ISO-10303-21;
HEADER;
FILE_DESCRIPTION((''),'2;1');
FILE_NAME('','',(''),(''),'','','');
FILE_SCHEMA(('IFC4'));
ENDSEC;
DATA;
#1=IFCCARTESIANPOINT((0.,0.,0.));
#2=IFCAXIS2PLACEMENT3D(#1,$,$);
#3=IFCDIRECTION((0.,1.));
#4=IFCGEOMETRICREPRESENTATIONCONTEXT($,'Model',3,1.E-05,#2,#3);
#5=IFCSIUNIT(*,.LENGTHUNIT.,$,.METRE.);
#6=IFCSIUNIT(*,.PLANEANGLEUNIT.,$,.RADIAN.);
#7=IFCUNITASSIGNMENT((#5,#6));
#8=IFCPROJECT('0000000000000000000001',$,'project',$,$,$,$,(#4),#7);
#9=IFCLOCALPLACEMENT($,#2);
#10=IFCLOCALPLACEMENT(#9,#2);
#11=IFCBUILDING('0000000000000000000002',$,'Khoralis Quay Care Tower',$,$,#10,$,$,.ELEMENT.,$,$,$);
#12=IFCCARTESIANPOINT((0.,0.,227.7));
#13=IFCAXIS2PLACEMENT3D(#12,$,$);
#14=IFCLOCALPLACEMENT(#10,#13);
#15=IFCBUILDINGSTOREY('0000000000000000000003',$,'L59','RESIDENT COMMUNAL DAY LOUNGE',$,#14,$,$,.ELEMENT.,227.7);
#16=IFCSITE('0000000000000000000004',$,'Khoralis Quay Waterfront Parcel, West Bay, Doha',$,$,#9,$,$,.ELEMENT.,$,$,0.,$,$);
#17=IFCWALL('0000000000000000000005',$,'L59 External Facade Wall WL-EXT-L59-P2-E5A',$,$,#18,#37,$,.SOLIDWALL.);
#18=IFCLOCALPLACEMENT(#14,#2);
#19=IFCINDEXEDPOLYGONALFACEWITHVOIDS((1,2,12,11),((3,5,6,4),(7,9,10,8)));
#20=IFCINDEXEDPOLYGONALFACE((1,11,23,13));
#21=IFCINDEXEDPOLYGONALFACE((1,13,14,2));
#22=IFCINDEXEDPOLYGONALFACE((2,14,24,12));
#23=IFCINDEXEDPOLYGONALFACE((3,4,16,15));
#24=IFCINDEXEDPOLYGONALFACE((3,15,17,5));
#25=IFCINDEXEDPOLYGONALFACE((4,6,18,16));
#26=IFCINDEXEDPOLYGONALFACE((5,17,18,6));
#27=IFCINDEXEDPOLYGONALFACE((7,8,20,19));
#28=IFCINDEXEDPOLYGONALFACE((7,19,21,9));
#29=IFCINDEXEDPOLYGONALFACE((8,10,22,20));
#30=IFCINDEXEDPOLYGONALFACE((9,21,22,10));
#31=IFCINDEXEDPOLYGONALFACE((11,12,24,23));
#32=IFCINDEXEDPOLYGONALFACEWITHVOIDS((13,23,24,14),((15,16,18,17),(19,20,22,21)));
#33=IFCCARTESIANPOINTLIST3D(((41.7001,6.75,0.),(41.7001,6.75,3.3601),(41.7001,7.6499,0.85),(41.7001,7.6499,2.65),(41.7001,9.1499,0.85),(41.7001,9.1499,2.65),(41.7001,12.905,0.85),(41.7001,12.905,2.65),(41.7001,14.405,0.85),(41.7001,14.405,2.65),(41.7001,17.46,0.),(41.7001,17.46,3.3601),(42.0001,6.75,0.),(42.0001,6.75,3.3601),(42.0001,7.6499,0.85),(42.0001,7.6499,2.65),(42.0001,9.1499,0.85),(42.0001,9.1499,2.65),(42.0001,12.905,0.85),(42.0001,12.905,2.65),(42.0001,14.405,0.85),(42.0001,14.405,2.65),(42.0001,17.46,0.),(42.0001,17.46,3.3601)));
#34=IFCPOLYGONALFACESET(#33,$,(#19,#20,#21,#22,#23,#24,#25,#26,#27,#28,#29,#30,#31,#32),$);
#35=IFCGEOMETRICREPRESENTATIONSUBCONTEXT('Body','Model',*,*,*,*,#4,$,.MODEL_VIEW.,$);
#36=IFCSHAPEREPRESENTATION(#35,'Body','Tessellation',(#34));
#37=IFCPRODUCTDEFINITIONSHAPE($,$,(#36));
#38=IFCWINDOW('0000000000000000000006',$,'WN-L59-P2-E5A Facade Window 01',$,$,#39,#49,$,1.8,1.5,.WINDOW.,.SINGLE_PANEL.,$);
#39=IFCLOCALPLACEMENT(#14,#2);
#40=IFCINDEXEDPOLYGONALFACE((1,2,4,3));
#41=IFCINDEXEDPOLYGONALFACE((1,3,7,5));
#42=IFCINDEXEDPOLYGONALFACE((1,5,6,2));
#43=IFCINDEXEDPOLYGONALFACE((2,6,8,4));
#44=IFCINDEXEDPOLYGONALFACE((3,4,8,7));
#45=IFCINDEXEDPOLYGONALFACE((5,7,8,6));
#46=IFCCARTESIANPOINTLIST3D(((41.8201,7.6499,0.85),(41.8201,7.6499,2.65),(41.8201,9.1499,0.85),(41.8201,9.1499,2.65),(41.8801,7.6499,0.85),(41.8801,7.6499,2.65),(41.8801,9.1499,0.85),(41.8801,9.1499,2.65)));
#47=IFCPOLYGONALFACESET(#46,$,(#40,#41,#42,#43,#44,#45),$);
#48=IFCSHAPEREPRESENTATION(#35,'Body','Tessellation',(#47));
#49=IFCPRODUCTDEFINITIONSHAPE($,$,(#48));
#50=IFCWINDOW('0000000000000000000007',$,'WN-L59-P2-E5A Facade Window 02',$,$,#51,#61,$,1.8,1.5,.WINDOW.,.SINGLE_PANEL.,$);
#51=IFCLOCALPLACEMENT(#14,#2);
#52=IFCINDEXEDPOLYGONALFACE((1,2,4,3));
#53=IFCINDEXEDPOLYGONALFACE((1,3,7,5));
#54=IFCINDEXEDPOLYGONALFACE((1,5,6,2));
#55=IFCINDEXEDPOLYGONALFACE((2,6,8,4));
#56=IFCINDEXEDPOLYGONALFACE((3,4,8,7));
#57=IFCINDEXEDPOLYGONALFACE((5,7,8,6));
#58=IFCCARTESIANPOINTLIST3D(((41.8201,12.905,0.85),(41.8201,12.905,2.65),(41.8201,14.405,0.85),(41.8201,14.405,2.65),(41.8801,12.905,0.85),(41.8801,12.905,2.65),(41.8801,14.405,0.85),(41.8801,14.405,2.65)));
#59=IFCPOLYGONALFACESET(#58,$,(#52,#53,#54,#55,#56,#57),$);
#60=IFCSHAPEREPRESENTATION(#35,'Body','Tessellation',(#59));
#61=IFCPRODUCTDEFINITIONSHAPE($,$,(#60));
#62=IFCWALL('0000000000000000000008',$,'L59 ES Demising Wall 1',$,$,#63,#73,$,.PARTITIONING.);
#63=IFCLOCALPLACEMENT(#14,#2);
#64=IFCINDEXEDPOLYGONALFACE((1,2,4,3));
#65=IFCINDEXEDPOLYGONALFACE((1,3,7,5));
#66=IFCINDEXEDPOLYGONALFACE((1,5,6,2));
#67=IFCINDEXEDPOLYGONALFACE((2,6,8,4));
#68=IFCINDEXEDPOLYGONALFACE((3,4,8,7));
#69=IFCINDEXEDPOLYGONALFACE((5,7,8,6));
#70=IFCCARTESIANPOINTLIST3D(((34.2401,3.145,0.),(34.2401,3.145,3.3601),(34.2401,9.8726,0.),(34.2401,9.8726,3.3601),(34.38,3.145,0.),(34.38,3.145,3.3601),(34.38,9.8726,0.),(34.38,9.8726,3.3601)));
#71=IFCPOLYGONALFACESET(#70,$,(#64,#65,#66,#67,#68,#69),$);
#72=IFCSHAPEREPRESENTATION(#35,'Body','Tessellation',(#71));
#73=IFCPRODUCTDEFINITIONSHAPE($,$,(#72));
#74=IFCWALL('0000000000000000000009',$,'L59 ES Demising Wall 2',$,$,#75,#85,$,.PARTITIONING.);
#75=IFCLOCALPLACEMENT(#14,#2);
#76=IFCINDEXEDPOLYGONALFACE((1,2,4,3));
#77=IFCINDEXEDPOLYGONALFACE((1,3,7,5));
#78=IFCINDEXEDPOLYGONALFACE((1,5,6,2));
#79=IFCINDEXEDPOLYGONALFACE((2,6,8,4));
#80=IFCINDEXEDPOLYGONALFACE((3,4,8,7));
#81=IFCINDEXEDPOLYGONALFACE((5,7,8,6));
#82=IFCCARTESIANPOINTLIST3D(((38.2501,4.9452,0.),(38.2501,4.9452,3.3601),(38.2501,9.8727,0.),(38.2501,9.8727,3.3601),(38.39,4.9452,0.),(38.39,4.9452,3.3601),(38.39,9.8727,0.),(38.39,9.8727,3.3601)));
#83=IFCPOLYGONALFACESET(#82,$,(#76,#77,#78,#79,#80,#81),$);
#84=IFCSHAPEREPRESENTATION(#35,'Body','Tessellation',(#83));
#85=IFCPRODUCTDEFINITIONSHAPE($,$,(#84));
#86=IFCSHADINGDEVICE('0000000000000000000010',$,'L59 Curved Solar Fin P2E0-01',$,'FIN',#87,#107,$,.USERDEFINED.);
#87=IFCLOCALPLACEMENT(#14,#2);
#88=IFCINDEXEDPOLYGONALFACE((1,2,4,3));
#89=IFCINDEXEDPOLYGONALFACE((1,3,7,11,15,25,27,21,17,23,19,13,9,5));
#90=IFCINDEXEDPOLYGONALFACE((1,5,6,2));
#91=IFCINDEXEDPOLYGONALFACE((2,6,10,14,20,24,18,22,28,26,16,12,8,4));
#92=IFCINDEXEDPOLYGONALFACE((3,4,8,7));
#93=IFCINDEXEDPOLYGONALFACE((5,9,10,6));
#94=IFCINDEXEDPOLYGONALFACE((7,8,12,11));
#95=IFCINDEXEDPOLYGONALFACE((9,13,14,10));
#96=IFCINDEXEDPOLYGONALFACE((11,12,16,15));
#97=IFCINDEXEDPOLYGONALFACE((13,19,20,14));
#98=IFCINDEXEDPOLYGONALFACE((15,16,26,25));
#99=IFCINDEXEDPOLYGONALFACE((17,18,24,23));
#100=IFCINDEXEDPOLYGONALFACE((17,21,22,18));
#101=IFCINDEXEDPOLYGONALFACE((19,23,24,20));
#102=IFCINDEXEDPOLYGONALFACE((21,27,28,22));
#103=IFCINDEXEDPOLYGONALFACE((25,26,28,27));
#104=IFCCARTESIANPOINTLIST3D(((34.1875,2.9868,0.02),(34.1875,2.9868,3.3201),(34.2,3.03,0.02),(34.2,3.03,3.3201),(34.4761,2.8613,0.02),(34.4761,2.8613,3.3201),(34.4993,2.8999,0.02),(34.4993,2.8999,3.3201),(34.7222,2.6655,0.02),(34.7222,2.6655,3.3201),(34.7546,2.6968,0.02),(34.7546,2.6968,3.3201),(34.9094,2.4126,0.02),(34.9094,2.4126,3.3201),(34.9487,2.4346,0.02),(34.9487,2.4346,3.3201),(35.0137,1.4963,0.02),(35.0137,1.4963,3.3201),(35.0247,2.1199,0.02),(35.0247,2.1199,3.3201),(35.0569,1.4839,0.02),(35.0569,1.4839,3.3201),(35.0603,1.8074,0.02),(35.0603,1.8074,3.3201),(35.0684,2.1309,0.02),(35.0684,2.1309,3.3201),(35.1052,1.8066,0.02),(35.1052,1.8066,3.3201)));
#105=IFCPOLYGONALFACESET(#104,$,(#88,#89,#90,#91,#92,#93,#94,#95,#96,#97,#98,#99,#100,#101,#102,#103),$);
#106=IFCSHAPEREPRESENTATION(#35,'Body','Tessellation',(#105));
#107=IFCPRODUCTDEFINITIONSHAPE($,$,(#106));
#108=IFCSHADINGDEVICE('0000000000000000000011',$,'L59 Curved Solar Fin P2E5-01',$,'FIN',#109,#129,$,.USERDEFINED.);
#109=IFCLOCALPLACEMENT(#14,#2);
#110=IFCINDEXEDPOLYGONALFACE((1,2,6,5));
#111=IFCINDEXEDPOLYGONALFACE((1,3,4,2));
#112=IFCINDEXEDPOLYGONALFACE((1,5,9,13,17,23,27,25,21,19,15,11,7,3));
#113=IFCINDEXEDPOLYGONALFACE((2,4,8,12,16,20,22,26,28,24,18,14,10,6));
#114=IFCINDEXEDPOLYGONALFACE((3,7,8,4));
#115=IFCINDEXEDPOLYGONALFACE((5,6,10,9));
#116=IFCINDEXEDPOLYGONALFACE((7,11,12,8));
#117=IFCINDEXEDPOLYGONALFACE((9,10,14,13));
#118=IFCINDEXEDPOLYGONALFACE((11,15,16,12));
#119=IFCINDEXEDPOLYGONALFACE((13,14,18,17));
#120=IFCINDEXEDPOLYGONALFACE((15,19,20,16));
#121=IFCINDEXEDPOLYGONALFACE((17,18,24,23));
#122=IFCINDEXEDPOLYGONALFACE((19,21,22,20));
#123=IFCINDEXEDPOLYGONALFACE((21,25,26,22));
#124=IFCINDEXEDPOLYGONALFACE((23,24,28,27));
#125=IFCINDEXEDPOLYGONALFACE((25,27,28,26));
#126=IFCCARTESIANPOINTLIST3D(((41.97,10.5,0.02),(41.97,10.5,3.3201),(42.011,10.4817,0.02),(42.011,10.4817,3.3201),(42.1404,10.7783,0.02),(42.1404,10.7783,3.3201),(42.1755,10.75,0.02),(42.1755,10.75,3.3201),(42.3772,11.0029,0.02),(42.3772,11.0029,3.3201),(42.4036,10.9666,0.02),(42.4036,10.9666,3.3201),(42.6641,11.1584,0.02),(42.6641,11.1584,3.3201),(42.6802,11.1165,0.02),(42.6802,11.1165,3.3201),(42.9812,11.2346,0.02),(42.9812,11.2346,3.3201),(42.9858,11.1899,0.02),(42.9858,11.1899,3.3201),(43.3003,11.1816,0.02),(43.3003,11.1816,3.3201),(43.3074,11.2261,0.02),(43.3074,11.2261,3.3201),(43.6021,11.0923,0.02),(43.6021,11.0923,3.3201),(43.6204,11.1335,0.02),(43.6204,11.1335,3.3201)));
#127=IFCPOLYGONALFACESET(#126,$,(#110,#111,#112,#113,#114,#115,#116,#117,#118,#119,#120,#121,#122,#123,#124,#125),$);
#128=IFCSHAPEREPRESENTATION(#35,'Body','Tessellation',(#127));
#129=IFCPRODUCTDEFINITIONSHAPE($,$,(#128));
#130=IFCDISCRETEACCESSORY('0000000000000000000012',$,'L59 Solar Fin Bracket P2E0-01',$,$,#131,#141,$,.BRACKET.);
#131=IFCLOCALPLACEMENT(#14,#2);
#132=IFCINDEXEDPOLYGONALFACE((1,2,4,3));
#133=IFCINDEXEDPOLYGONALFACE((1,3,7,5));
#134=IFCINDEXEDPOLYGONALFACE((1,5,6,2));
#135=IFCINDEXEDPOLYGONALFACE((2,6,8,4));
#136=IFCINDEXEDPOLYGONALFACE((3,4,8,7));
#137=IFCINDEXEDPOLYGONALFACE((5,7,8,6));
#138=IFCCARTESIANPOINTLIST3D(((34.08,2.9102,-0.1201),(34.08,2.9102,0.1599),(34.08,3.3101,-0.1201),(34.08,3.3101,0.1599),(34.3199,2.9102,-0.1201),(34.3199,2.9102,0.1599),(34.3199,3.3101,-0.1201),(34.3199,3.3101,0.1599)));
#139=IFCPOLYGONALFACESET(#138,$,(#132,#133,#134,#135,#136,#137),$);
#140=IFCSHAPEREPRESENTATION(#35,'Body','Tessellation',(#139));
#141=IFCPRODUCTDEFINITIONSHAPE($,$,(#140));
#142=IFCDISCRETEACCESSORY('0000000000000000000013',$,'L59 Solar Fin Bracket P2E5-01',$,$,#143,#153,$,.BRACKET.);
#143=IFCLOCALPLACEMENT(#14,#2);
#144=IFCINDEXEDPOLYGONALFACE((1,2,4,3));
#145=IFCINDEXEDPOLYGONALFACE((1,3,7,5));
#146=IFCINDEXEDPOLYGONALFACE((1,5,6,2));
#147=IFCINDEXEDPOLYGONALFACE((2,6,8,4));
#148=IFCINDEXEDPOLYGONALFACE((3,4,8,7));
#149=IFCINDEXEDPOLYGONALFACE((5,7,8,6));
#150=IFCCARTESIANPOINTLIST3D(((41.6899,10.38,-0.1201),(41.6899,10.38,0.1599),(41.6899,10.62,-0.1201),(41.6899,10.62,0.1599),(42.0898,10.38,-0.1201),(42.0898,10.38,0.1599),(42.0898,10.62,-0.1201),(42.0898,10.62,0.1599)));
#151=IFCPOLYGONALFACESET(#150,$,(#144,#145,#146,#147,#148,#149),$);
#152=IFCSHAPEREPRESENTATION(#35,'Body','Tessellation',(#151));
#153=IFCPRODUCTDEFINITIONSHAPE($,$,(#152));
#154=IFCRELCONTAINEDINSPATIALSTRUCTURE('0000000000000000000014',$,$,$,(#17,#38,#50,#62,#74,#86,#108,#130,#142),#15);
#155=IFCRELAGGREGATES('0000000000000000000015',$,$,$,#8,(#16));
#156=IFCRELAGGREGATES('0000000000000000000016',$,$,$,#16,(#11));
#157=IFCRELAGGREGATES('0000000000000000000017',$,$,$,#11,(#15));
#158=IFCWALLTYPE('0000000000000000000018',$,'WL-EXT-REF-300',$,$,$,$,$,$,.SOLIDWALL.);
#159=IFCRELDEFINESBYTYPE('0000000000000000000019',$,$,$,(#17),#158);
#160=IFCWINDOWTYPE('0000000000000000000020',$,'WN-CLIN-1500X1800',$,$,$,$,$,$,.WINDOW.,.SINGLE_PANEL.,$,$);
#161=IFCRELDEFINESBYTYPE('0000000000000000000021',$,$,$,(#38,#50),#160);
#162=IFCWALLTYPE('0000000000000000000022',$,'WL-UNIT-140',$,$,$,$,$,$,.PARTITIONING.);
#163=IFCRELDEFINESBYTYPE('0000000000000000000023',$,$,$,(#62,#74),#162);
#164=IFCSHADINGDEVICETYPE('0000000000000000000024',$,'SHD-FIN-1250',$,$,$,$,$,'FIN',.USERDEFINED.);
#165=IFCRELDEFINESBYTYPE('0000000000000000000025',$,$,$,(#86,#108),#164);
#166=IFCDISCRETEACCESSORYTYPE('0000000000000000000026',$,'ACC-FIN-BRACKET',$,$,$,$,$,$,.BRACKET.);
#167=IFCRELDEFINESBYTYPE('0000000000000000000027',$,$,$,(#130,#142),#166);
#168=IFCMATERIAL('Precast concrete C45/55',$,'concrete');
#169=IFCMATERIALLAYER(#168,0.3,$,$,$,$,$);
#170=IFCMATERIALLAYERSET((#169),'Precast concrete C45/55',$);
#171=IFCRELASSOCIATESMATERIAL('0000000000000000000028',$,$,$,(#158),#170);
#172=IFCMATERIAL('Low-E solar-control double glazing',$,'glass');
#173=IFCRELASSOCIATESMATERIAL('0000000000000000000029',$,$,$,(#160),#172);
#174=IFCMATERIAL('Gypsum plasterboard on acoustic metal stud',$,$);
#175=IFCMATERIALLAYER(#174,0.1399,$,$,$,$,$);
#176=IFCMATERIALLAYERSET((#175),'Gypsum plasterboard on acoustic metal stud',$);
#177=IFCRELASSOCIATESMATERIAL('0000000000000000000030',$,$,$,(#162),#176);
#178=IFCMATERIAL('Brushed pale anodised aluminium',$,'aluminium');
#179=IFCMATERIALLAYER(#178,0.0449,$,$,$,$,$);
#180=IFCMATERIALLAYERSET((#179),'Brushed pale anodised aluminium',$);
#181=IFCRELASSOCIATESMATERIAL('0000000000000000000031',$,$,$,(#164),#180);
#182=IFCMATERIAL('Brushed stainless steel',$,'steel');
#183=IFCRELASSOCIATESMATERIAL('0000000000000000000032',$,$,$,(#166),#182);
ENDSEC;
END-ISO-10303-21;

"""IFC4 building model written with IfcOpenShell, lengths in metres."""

from ifc_helpers import new_model, si_unit, direction, frame, frame_2d, origin, origin_2d, place, context, subcontext, project, spatial, polyline, rectangle, outline, extrude, source, transform, mapped, material, layer, layer_set, type_object, element, fill, save


model = new_model("IFC4")

# Units and contexts
model_context = context("Model", 3, precision=1e-05, world=origin(), true_north=direction((0.0, 1.0)))
body_context = subcontext(model_context, "Body", "Model", "MODEL_VIEW")
ifc_project = project(units=[si_unit("LENGTHUNIT", "METRE"), si_unit("PLANEANGLEUNIT", "RADIAN")], contexts=[model_context])

# Site, building, storey
site_placement = place(None, origin())
site = spatial("IfcSite", under=ifc_project, at=site_placement, Name="Khoralis Quay Waterfront Parcel, West Bay, Doha", CompositionType="ELEMENT", RefElevation=0.0)
building_placement = place(site_placement, origin())
building = spatial("IfcBuilding", under=site, at=building_placement, Name="Khoralis Quay Care Tower", CompositionType="ELEMENT")
storey_placement = place(building_placement, frame((0.0, 0.0, 227.7)))
storey = spatial("IfcBuildingStorey", under=building, at=storey_placement, Name="L59", Description="RESIDENT COMMUNAL DAY LOUNGE", CompositionType="ELEMENT", Elevation=227.7)

# Shared definitions
ifc_material_1 = material(Name="Gypsum plasterboard on acoustic metal stud")

# Shared definitions
ifc_material_2 = material(Name="Precast concrete C45/55", Category="concrete")
ifc_layer_1 = layer(ifc_material_2, 0.3)
ifc_layer_set_1 = layer_set([ifc_layer_1], Name="Precast concrete C45/55")
wall_type_1 = type_object("IfcWallType", Name="WL-EXT-REF-300", PredefinedType="SOLIDWALL", material=ifc_layer_set_1)

# Wall, openings, windows
wall_1_placement = place(storey_placement, frame((41.8501, 6.75, 0.0), z_axis=(0.0, 0.0, 1.0), x_axis=(0.0, 1.0, 0.0)))
wall_1 = element("IfcWall", 1, at=wall_1_placement, inside=storey, type_object=wall_type_1, Name="L59 External Facade Wall WL-EXT-L59-P2-E5A", PredefinedType="SOLIDWALL", context=body_context, shape_type="SweptSolid", body=[
    extrude(rectangle(XDim=10.71, YDim=0.3, at=frame_2d((5.355, 0.0))), origin(), (0.0, 0.0, 1.0), 3.3601),
])
opening_1_placement = place(wall_1_placement, frame((0.8999, 0.0, 0.8501)))
opening_1 = element("IfcOpeningElement", 2, at=opening_1_placement, cuts=wall_1, PredefinedType="OPENING", context=body_context, shape_type="SweptSolid", body=[
    extrude(rectangle(XDim=1.5, YDim=1.8, at=frame_2d((0.75, 0.8999))), frame((0.0, 0.1602, 0.0), z_axis=(0.0, -1.0, 0.0), x_axis=(1.0, 0.0, 0.0)), (0.0, 0.0, 1.0), 0.3201),
])
opening_2_placement = place(wall_1_placement, frame((6.155, 0.0, 0.8501)))
opening_2 = element("IfcOpeningElement", 3, at=opening_2_placement, cuts=wall_1, PredefinedType="OPENING", context=body_context, shape_type="SweptSolid", body=[
    extrude(rectangle(XDim=1.5, YDim=1.8, at=frame_2d((0.75, 0.8999))), frame((0.0, 0.1602, 0.0), z_axis=(0.0, -1.0, 0.0), x_axis=(1.0, 0.0, 0.0)), (0.0, 0.0, 1.0), 0.3201),
])
ifc_material_3 = material(Name="Low-E solar-control double glazing", Category="glass")
window_type = type_object("IfcWindowType", Name="WN-CLIN-1500X1800", PartitioningType="SINGLE_PANEL", PredefinedType="WINDOW", material=ifc_material_3)
shared_shape_1 = source(origin(), body_context, "Body", "SweptSolid", [
    extrude(rectangle(XDim=1.5, YDim=1.8, at=frame_2d((0.75, 0.8999))), frame((0.0, 0.03, 0.0), z_axis=(0.0, -1.0, 0.0), x_axis=(1.0, 0.0, 0.0)), (0.0, 0.0, 1.0), 0.0601),
])
window_1_placement = place(opening_1_placement, origin())
window_1 = element("IfcWindow", 4, at=window_1_placement, inside=storey, type_object=window_type, Name="WN-L59-P2-E5A Facade Window 01", OverallHeight=1.8, OverallWidth=1.5, PartitioningType="SINGLE_PANEL", PredefinedType="WINDOW", context=body_context, shape_type="MappedRepresentation", body=[
    mapped(shared_shape_1, transform((0.0, 0.0, 0.0), scale=1.0)),
])
fill(opening_1, window_1)
window_2_placement = place(opening_2_placement, origin())
window_2 = element("IfcWindow", 5, at=window_2_placement, inside=storey, type_object=window_type, Name="WN-L59-P2-E5A Facade Window 02", OverallHeight=1.8, OverallWidth=1.5, PartitioningType="SINGLE_PANEL", PredefinedType="WINDOW", context=body_context, shape_type="MappedRepresentation", body=[
    mapped(shared_shape_1, transform((0.0, 0.0, 0.0), scale=1.0)),
])
fill(opening_2, window_2)

# Walls
ifc_layer_2 = layer(ifc_material_1, 0.1399)
ifc_layer_set_2 = layer_set([ifc_layer_2], Name="Gypsum plasterboard on acoustic metal stud")
wall_type_2 = type_object("IfcWallType", Name="WL-UNIT-140", PredefinedType="PARTITIONING", material=ifc_layer_set_2)
wall_2_placement = place(storey_placement, frame((34.3101, 3.145, 0.0), z_axis=(0.0, 0.0, 1.0), x_axis=(0.0, 1.0, 0.0)))
element("IfcWall", 6, at=wall_2_placement, inside=storey, type_object=wall_type_2, Name="L59 ES Demising Wall 1", PredefinedType="PARTITIONING", context=body_context, shape_type="SweptSolid", body=[
    extrude(rectangle(XDim=6.7275, YDim=0.1399, at=frame_2d((3.3638, 0.0))), origin(), (0.0, 0.0, 1.0), 3.3601),
])
wall_3_placement = place(storey_placement, frame((38.3201, 4.9451, 0.0), z_axis=(0.0, 0.0, 1.0), x_axis=(0.0, 1.0, 0.0)))
element("IfcWall", 7, at=wall_3_placement, inside=storey, type_object=wall_type_2, Name="L59 ES Demising Wall 2", PredefinedType="PARTITIONING", context=body_context, shape_type="SweptSolid", body=[
    extrude(rectangle(XDim=4.9275, YDim=0.1399, at=frame_2d((2.4639, 0.0))), origin(), (0.0, 0.0, 1.0), 3.3601),
])

# Shading devices
ifc_material_4 = material(Name="Brushed pale anodised aluminium", Category="aluminium")
ifc_layer_3 = layer(ifc_material_4, 0.0449)
ifc_layer_set_3 = layer_set([ifc_layer_3], Name="Brushed pale anodised aluminium")
shading_device_type = type_object("IfcShadingDeviceType", Name="SHD-FIN-1250", ElementType="FIN", PredefinedType="USERDEFINED", material=ifc_layer_set_3)
shared_shape_2 = source(origin(), body_context, "Body", "SweptSolid", [
    extrude(outline(polyline([(0.0, 0.0), (0.1301, 0.2993), (0.3333, 0.5547), (0.5955, 0.7488), (0.8992, 0.8684), (1.2234, 0.9053), (1.5461, 0.8569), (1.5337, 0.8137), (1.2227, 0.8604), (0.9102, 0.8247), (0.6174, 0.7095), (0.3645, 0.5222), (0.1687, 0.2761), (0.0432, -0.0125), (0.0, 0.0)])), origin(), (0.0, 0.0, 1.0), 3.3),
])
shading_device_1_placement = place(storey_placement, frame((34.2, 3.03, 0.02), z_axis=(0.0, 0.0, 1.0), x_axis=(0.0, -1.0, 0.0)))
element("IfcShadingDevice", 8, at=shading_device_1_placement, inside=storey, type_object=shading_device_type, Name="L59 Curved Solar Fin P2E0-01", ObjectType="FIN", PredefinedType="USERDEFINED", context=body_context, shape_type="MappedRepresentation", body=[
    mapped(shared_shape_2, transform((0.0, 0.0, 0.0), scale=1.0)),
])
shared_shape_3 = source(origin(), body_context, "Body", "SweptSolid", [
    extrude(outline(polyline([(0.0, 0.0), (0.1704, 0.2783), (0.4072, 0.5029), (0.6941, 0.6584), (1.0112, 0.7346), (1.3374, 0.7261), (1.6504, 0.6335), (1.6321, 0.5923), (1.3303, 0.6816), (1.0159, 0.6899), (0.7102, 0.6165), (0.4336, 0.4666), (0.2056, 0.25), (0.041, -0.0183), (0.0, 0.0)])), origin(), (0.0, 0.0, 1.0), 3.3),
])
shading_device_2_placement = place(storey_placement, frame((41.97, 10.5, 0.02), z_axis=(0.0, 0.0, 1.0), x_axis=(1.0, 0.0, 0.0)))
element("IfcShadingDevice", 9, at=shading_device_2_placement, inside=storey, type_object=shading_device_type, Name="L59 Curved Solar Fin P2E5-01", ObjectType="FIN", PredefinedType="USERDEFINED", context=body_context, shape_type="MappedRepresentation", body=[
    mapped(shared_shape_3, transform((0.0, 0.0, 0.0), scale=1.0)),
])

# Discrete accessories
ifc_material_5 = material(Name="Brushed stainless steel", Category="steel")
discrete_accessory_type = type_object("IfcDiscreteAccessoryType", Name="ACC-FIN-BRACKET", PredefinedType="BRACKET", material=ifc_material_5)
shared_shape_4 = source(origin(), body_context, "Body", "SweptSolid", [
    extrude(rectangle(XDim=0.3999, YDim=0.24, at=origin_2d()), origin(), (0.0, 0.0, 1.0), 0.28),
])
for number, where, z_axis, x_axis, name in (
    (10, (34.2, 3.1101, -0.1201), (0.0, 0.0, 1.0), (0.0, -1.0, 0.0), "L59 Solar Fin Bracket P2E0-01"),
    (11, (41.8899, 10.5, -0.1201), (0.0, 0.0, 1.0), (1.0, 0.0, 0.0), "L59 Solar Fin Bracket P2E5-01"),
):
    element("IfcDiscreteAccessory", number, at=place(storey_placement, frame(where, z_axis=z_axis, x_axis=x_axis)), inside=storey, type_object=discrete_accessory_type, Name=name, PredefinedType="BRACKET", context=body_context, shape_type="MappedRepresentation", body=[
        mapped(shared_shape_4, transform((0.0, 0.0, 0.0), scale=1.0)),
    ])

save(model, "model.ifc")
